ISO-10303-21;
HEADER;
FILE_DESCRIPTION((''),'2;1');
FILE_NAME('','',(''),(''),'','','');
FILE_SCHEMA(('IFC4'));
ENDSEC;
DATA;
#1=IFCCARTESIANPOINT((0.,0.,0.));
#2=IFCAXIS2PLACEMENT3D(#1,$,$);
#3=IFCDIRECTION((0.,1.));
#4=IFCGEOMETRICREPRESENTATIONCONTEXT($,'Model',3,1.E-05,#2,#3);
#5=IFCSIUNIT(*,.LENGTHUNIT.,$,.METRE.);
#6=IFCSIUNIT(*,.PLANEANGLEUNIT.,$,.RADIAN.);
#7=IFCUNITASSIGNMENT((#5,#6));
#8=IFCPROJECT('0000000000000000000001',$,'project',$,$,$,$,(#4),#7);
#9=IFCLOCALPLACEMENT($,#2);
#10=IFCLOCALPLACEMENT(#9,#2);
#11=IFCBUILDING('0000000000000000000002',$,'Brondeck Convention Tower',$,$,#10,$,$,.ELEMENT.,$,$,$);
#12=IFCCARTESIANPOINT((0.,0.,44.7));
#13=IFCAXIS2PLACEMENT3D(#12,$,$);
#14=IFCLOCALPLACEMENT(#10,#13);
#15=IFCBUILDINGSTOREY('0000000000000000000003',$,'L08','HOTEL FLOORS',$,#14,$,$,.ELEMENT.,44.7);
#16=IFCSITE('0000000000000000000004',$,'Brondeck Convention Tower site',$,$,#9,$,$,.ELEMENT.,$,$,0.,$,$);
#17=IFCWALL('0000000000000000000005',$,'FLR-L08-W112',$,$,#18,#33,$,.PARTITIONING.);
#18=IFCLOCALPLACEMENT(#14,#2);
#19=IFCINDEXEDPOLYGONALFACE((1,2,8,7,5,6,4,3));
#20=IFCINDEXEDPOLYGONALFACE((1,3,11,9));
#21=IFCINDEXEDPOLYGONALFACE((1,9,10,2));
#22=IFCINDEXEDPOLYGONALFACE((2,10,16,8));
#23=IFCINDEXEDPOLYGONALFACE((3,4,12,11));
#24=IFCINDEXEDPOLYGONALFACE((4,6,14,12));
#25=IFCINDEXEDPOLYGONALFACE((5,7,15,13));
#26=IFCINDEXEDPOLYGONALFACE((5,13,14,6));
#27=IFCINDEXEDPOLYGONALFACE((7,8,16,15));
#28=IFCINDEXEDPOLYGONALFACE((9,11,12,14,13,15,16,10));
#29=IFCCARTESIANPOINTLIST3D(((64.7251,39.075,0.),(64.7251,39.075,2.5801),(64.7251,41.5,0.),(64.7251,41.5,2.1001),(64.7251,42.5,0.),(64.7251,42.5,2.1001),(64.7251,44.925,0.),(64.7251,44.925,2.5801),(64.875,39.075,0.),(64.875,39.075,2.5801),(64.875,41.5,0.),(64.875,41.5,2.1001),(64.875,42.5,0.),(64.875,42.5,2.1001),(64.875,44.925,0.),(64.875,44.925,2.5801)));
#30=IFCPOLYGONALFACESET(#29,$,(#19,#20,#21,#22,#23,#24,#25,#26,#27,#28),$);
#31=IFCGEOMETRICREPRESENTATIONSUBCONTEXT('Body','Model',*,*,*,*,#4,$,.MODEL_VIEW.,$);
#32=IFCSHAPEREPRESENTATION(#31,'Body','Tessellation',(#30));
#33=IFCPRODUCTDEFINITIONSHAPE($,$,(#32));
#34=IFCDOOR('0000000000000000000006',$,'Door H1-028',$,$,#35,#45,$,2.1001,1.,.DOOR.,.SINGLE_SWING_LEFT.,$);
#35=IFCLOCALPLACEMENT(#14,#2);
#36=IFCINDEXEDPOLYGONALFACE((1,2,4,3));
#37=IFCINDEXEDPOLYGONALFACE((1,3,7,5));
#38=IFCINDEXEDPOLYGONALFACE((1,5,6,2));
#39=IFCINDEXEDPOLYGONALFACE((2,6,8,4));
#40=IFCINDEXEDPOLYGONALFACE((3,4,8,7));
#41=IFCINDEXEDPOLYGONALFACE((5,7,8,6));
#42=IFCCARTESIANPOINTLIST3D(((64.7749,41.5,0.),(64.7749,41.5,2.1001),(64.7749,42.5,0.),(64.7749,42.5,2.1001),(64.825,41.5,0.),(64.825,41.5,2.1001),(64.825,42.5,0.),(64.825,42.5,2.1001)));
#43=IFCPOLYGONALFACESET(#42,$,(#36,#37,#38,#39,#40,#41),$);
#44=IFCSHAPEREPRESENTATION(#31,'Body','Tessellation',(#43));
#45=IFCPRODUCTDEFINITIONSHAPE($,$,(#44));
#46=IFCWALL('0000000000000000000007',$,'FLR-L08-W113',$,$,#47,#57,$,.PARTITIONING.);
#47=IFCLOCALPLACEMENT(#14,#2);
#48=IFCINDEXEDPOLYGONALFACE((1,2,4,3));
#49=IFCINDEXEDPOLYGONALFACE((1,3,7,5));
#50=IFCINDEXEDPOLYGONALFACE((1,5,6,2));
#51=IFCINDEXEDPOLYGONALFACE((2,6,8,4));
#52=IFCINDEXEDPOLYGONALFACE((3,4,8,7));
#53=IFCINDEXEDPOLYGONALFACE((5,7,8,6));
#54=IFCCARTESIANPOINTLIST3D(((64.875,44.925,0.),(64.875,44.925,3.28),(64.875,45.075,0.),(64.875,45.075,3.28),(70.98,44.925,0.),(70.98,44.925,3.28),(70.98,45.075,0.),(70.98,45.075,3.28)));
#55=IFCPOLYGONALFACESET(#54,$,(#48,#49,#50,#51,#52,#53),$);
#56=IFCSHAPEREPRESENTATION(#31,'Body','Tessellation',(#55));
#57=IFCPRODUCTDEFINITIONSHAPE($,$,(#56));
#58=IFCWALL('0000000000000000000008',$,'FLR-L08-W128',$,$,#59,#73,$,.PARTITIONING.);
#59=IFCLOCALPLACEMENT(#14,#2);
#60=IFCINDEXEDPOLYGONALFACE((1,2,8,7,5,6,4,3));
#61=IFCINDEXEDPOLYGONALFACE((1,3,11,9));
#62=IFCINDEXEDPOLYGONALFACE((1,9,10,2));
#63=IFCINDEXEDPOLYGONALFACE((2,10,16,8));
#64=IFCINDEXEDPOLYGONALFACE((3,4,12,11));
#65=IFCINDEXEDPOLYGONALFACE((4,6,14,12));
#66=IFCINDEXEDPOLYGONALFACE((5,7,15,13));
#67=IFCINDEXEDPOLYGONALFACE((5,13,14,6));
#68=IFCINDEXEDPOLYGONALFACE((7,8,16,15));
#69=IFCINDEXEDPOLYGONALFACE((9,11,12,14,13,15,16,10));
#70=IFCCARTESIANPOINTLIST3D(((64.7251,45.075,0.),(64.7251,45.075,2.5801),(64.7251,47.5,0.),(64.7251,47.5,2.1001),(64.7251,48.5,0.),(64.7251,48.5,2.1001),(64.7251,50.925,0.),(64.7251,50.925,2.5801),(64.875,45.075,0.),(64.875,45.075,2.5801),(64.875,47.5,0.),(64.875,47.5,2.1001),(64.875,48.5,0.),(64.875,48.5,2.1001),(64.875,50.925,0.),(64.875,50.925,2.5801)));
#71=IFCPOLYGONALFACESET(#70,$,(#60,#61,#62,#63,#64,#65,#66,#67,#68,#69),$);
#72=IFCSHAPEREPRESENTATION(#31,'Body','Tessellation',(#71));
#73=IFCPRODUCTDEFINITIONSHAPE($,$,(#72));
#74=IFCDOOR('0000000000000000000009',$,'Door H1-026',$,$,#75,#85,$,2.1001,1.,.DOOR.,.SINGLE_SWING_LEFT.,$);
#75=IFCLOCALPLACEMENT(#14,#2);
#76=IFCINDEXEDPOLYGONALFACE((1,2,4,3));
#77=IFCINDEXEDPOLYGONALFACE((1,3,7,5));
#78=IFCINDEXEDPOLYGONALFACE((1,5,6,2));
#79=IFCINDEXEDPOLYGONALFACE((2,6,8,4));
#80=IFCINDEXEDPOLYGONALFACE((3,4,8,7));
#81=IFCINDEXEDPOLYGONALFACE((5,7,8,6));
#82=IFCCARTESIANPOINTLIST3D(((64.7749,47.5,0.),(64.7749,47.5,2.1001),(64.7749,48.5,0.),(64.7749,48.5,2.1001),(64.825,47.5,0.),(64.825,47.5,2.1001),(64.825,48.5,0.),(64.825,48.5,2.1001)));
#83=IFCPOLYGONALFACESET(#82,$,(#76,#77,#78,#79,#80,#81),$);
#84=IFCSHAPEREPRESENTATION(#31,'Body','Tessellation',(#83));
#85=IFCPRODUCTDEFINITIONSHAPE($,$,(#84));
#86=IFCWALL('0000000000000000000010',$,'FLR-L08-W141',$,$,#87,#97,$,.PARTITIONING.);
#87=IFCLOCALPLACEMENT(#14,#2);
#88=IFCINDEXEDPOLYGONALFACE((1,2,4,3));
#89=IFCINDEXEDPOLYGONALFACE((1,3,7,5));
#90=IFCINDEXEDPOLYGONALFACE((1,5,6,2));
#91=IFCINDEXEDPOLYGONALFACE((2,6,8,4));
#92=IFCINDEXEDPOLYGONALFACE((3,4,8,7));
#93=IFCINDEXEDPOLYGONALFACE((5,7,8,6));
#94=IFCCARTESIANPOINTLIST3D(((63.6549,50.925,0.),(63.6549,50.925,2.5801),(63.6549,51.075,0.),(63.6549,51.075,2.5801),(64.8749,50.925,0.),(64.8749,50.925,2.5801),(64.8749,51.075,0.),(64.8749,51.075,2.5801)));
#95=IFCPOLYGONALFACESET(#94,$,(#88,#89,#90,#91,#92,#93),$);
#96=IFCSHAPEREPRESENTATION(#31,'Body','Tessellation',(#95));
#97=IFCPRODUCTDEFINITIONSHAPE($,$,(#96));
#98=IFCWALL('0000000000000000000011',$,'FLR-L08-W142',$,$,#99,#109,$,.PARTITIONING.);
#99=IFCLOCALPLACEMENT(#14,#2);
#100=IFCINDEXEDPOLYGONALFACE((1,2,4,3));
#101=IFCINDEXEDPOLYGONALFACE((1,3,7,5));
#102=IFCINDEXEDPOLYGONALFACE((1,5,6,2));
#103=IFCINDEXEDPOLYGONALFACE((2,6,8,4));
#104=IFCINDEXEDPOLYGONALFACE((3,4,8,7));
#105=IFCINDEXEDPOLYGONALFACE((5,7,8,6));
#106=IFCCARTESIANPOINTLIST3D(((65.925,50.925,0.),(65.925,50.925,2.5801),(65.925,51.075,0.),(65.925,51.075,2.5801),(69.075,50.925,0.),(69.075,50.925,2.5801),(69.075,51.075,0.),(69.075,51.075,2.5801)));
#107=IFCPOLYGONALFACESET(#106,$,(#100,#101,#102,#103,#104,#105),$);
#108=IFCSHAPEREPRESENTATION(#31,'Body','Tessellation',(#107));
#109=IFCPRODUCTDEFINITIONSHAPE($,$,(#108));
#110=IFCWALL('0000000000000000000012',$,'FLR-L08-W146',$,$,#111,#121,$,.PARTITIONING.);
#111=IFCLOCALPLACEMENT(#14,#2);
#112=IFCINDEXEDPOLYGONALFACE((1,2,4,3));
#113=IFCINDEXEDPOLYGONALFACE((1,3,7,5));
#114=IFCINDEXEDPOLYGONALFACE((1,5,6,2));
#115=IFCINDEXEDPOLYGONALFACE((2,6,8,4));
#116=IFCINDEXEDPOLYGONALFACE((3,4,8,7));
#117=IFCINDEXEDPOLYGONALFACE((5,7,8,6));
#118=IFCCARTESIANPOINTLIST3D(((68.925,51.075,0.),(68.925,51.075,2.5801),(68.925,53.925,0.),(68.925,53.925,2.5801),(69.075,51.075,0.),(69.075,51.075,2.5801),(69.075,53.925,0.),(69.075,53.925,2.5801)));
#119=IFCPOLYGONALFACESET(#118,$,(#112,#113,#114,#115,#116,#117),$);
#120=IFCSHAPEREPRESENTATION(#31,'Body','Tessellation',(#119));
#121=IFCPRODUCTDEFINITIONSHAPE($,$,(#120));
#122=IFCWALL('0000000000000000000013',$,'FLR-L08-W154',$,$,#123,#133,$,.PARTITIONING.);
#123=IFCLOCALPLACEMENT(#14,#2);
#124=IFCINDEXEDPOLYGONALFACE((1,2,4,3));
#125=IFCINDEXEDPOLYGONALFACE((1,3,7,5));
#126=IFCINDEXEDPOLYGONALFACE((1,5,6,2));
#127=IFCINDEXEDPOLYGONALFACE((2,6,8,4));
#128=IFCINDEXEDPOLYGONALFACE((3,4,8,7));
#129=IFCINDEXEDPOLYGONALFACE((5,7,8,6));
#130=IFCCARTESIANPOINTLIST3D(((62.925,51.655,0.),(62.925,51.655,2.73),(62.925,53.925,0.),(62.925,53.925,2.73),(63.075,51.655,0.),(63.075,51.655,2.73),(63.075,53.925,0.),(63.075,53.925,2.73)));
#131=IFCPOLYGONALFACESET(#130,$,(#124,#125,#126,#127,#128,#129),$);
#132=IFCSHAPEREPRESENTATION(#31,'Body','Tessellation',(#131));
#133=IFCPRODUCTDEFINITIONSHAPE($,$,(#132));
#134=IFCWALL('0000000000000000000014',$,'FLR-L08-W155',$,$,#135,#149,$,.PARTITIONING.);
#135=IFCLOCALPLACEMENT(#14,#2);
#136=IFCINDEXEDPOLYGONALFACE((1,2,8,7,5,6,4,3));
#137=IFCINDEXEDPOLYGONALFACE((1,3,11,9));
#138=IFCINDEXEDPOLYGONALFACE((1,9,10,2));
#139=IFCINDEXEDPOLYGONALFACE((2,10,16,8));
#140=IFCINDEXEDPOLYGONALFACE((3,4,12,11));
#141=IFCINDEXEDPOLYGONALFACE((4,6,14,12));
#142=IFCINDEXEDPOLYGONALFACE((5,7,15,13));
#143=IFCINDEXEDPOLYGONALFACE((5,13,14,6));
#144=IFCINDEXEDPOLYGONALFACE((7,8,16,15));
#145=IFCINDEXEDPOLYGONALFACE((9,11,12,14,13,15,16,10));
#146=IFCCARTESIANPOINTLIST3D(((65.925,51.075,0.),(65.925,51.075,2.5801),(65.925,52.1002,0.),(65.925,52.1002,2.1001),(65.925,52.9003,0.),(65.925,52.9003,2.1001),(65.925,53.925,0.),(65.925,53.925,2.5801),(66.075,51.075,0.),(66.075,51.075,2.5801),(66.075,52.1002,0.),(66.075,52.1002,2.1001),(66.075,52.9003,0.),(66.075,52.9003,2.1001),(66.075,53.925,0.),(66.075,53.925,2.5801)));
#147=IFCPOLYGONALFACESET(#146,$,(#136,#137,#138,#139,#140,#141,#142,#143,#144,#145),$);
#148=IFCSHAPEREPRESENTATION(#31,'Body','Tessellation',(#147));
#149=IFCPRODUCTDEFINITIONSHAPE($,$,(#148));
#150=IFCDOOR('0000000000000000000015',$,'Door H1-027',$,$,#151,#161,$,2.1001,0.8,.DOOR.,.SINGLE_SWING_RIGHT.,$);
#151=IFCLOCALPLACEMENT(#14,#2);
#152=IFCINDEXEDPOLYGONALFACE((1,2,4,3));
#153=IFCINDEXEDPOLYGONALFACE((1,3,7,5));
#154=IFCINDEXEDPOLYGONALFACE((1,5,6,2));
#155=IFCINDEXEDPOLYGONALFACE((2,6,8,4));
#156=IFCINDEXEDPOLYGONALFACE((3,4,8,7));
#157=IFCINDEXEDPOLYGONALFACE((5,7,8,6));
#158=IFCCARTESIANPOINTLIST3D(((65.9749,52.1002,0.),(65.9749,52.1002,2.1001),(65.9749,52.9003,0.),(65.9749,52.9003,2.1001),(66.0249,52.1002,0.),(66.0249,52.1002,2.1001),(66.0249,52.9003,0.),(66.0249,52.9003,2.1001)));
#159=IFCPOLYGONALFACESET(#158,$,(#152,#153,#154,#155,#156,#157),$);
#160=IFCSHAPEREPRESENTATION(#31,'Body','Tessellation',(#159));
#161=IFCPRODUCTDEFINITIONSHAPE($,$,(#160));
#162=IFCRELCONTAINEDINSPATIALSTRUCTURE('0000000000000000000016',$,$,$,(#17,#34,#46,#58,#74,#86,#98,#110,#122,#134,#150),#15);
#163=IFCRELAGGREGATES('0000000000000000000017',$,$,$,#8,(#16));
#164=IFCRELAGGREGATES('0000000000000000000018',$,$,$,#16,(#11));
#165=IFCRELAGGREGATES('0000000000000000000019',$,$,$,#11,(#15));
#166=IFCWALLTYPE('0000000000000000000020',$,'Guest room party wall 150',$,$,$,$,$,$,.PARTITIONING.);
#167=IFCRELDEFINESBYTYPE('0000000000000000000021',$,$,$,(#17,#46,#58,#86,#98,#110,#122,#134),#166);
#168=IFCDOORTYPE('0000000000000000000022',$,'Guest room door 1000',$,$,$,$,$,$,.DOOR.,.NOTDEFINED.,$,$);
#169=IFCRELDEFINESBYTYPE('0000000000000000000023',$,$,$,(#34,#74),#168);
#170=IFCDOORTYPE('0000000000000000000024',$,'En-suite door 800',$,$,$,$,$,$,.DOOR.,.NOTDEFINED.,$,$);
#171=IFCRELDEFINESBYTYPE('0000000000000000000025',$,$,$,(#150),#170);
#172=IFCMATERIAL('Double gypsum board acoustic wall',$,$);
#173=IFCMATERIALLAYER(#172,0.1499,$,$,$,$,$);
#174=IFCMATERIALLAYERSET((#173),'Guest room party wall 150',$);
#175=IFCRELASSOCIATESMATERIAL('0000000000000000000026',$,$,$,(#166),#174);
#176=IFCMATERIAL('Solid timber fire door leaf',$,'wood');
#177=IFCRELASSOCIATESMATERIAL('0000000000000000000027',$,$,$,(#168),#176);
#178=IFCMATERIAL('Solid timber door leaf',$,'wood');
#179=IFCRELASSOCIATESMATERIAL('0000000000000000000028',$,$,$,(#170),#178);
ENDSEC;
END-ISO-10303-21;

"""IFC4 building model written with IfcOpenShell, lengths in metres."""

from ifc_helpers import new_model, si_unit, direction, frame, frame_2d, origin, place, context, subcontext, project, spatial, rectangle, extrude, material, layer, layer_set, type_object, element, fill, save


model = new_model("IFC4")

# Units and contexts
model_context = context("Model", 3, precision=1e-05, world=origin(), true_north=direction((0.0, 1.0)))
body_context = subcontext(model_context, "Body", "Model", "MODEL_VIEW")
ifc_project = project(units=[si_unit("LENGTHUNIT", "METRE"), si_unit("PLANEANGLEUNIT", "RADIAN")], contexts=[model_context])

# Site, building, storey
site_placement = place(None, origin())
site = spatial("IfcSite", under=ifc_project, at=site_placement, Name="Brondeck Convention Tower site", CompositionType="ELEMENT", RefElevation=0.0)
building_placement = place(site_placement, origin())
building = spatial("IfcBuilding", under=site, at=building_placement, Name="Brondeck Convention Tower", CompositionType="ELEMENT")
storey_placement = place(building_placement, frame((0.0, 0.0, 44.7)))
storey = spatial("IfcBuildingStorey", under=building, at=storey_placement, Name="L08", Description="HOTEL FLOORS", CompositionType="ELEMENT", Elevation=44.7)

# Wall, opening, door
ifc_material_1 = material(Name="Double gypsum board acoustic wall")
ifc_layer_1 = layer(ifc_material_1, 0.1499)
ifc_layer_set_1 = layer_set([ifc_layer_1], Name="Guest room party wall 150")
wall_type_1 = type_object("IfcWallType", Name="Guest room party wall 150", PredefinedType="PARTITIONING", material=ifc_layer_set_1)
wall_1_placement = place(storey_placement, frame((64.8, 44.925, 0.0), z_axis=(0.0, 0.0, 1.0), x_axis=(0.0, -1.0, 0.0)))
wall_1 = element("IfcWall", 1, at=wall_1_placement, inside=storey, type_object=wall_type_1, Name="FLR-L08-W112", PredefinedType="PARTITIONING", context=body_context, shape_type="SweptSolid", body=[
    extrude(rectangle(XDim=5.8501, YDim=0.1499, at=frame_2d((2.925, 0.0))), origin(), (0.0, 0.0, 1.0), 2.5801),
])
opening_1_placement = place(wall_1_placement, frame((2.425, 0.0, 0.0)))
opening_1 = element("IfcOpeningElement", 2, at=opening_1_placement, cuts=wall_1, PredefinedType="OPENING", context=body_context, shape_type="SweptSolid", body=[
    extrude(rectangle(XDim=1.0, YDim=2.1001, at=frame_2d((0.5, 1.05))), frame((0.0, 0.085, 0.0), z_axis=(0.0, -1.0, 0.0), x_axis=(1.0, 0.0, 0.0)), (0.0, 0.0, 1.0), 0.1699),
])
ifc_material_2 = material(Name="Solid timber fire door leaf", Category="wood")
door_type_1 = type_object("IfcDoorType", Name="Guest room door 1000", OperationType="NOTDEFINED", PredefinedType="DOOR", material=ifc_material_2)
door_1_placement = place(opening_1_placement, origin())
door_1 = element("IfcDoor", 3, at=door_1_placement, inside=storey, type_object=door_type_1, Name="Door H1-028", OperationType="SINGLE_SWING_LEFT", OverallHeight=2.1001, OverallWidth=1.0, PredefinedType="DOOR", context=body_context, shape_type="SweptSolid", body=[
    extrude(rectangle(XDim=1.0, YDim=2.1001, at=frame_2d((0.5, 1.05))), frame((0.0, 0.0249, 0.0), z_axis=(0.0, -1.0, 0.0), x_axis=(1.0, 0.0, 0.0)), (0.0, 0.0, 1.0), 0.05),
])
fill(opening_1, door_1)

# Wall
wall_2_placement = place(storey_placement, frame((70.98, 45.0, 0.0), z_axis=(0.0, 0.0, 1.0), x_axis=(-1.0, 0.0, 0.0)))
element("IfcWall", 4, at=wall_2_placement, inside=storey, type_object=wall_type_1, Name="FLR-L08-W113", PredefinedType="PARTITIONING", context=body_context, shape_type="SweptSolid", body=[
    extrude(rectangle(XDim=6.105, YDim=0.1499, at=frame_2d((3.0525, 0.0))), origin(), (0.0, 0.0, 1.0), 3.28),
])

# Wall, opening, door
wall_3_placement = place(storey_placement, frame((64.8, 50.925, 0.0), z_axis=(0.0, 0.0, 1.0), x_axis=(0.0, -1.0, 0.0)))
wall_3 = element("IfcWall", 5, at=wall_3_placement, inside=storey, type_object=wall_type_1, Name="FLR-L08-W128", PredefinedType="PARTITIONING", context=body_context, shape_type="SweptSolid", body=[
    extrude(rectangle(XDim=5.8501, YDim=0.1499, at=frame_2d((2.925, 0.0))), origin(), (0.0, 0.0, 1.0), 2.5801),
])
opening_2_placement = place(wall_3_placement, frame((2.425, 0.0, 0.0)))
opening_2 = element("IfcOpeningElement", 6, at=opening_2_placement, cuts=wall_3, PredefinedType="OPENING", context=body_context, shape_type="SweptSolid", body=[
    extrude(rectangle(XDim=1.0, YDim=2.1001, at=frame_2d((0.5, 1.05))), frame((0.0, 0.085, 0.0), z_axis=(0.0, -1.0, 0.0), x_axis=(1.0, 0.0, 0.0)), (0.0, 0.0, 1.0), 0.1699),
])
door_2_placement = place(opening_2_placement, origin())
door_2 = element("IfcDoor", 7, at=door_2_placement, inside=storey, type_object=door_type_1, Name="Door H1-026", OperationType="SINGLE_SWING_LEFT", OverallHeight=2.1001, OverallWidth=1.0, PredefinedType="DOOR", context=body_context, shape_type="SweptSolid", body=[
    extrude(rectangle(XDim=1.0, YDim=2.1001, at=frame_2d((0.5, 1.05))), frame((0.0, 0.0249, 0.0), z_axis=(0.0, -1.0, 0.0), x_axis=(1.0, 0.0, 0.0)), (0.0, 0.0, 1.0), 0.05),
])
fill(opening_2, door_2)

# Walls
wall_4_placement = place(storey_placement, frame((63.655, 51.0, 0.0), z_axis=(0.0, 0.0, 1.0), x_axis=(1.0, 0.0, 0.0)))
element("IfcWall", 8, at=wall_4_placement, inside=storey, type_object=wall_type_1, Name="FLR-L08-W141", PredefinedType="PARTITIONING", context=body_context, shape_type="SweptSolid", body=[
    extrude(rectangle(XDim=1.22, YDim=0.1499, at=frame_2d((0.6099, 0.0))), origin(), (0.0, 0.0, 1.0), 2.5801),
])
wall_5_placement = place(storey_placement, frame((65.925, 51.0, 0.0), z_axis=(0.0, 0.0, 1.0), x_axis=(1.0, 0.0, 0.0)))
element("IfcWall", 9, at=wall_5_placement, inside=storey, type_object=wall_type_1, Name="FLR-L08-W142", PredefinedType="PARTITIONING", context=body_context, shape_type="SweptSolid", body=[
    extrude(rectangle(XDim=3.1499, YDim=0.1499, at=frame_2d((1.575, 0.0))), origin(), (0.0, 0.0, 1.0), 2.5801),
])
wall_6_placement = place(storey_placement, frame((69.0, 51.075, 0.0), z_axis=(0.0, 0.0, 1.0), x_axis=(0.0, 1.0, 0.0)))
element("IfcWall", 10, at=wall_6_placement, inside=storey, type_object=wall_type_1, Name="FLR-L08-W146", PredefinedType="PARTITIONING", context=body_context, shape_type="SweptSolid", body=[
    extrude(rectangle(XDim=2.8501, YDim=0.1499, at=frame_2d((1.425, 0.0))), origin(), (0.0, 0.0, 1.0), 2.5801),
])
wall_7_placement = place(storey_placement, frame((63.0, 53.925, 0.0), z_axis=(0.0, 0.0, 1.0), x_axis=(0.0, -1.0, 0.0)))
element("IfcWall", 11, at=wall_7_placement, inside=storey, type_object=wall_type_1, Name="FLR-L08-W154", PredefinedType="PARTITIONING", context=body_context, shape_type="SweptSolid", body=[
    extrude(rectangle(XDim=2.27, YDim=0.1499, at=frame_2d((1.135, 0.0))), origin(), (0.0, 0.0, 1.0), 2.73),
])

# Wall, opening, door
wall_8_placement = place(storey_placement, frame((66.0, 53.925, 0.0), z_axis=(0.0, 0.0, 1.0), x_axis=(0.0, -1.0, 0.0)))
wall_8 = element("IfcWall", 12, at=wall_8_placement, inside=storey, type_object=wall_type_1, Name="FLR-L08-W155", PredefinedType="PARTITIONING", context=body_context, shape_type="SweptSolid", body=[
    extrude(rectangle(XDim=2.8501, YDim=0.1499, at=frame_2d((1.425, 0.0))), origin(), (0.0, 0.0, 1.0), 2.5801),
])
opening_3_placement = place(wall_8_placement, frame((1.0249, 0.0, 0.0)))
opening_3 = element("IfcOpeningElement", 13, at=opening_3_placement, cuts=wall_8, PredefinedType="OPENING", context=body_context, shape_type="SweptSolid", body=[
    extrude(rectangle(XDim=0.8, YDim=2.1001, at=frame_2d((0.3999, 1.05))), frame((0.0, 0.085, 0.0), z_axis=(0.0, -1.0, 0.0), x_axis=(1.0, 0.0, 0.0)), (0.0, 0.0, 1.0), 0.1699),
])
ifc_material_3 = material(Name="Solid timber door leaf", Category="wood")
door_type_2 = type_object("IfcDoorType", Name="En-suite door 800", OperationType="NOTDEFINED", PredefinedType="DOOR", material=ifc_material_3)
door_3_placement = place(opening_3_placement, origin())
door_3 = element("IfcDoor", 14, at=door_3_placement, inside=storey, type_object=door_type_2, Name="Door H1-027", OperationType="SINGLE_SWING_RIGHT", OverallHeight=2.1001, OverallWidth=0.8, PredefinedType="DOOR", context=body_context, shape_type="SweptSolid", body=[
    extrude(rectangle(XDim=0.8, YDim=2.1001, at=frame_2d((0.3999, 1.05))), frame((0.0, 0.0249, 0.0), z_axis=(0.0, -1.0, 0.0), x_axis=(1.0, 0.0, 0.0)), (0.0, 0.0, 1.0), 0.05),
])
fill(opening_3, door_3)

save(model, "model.ifc")
